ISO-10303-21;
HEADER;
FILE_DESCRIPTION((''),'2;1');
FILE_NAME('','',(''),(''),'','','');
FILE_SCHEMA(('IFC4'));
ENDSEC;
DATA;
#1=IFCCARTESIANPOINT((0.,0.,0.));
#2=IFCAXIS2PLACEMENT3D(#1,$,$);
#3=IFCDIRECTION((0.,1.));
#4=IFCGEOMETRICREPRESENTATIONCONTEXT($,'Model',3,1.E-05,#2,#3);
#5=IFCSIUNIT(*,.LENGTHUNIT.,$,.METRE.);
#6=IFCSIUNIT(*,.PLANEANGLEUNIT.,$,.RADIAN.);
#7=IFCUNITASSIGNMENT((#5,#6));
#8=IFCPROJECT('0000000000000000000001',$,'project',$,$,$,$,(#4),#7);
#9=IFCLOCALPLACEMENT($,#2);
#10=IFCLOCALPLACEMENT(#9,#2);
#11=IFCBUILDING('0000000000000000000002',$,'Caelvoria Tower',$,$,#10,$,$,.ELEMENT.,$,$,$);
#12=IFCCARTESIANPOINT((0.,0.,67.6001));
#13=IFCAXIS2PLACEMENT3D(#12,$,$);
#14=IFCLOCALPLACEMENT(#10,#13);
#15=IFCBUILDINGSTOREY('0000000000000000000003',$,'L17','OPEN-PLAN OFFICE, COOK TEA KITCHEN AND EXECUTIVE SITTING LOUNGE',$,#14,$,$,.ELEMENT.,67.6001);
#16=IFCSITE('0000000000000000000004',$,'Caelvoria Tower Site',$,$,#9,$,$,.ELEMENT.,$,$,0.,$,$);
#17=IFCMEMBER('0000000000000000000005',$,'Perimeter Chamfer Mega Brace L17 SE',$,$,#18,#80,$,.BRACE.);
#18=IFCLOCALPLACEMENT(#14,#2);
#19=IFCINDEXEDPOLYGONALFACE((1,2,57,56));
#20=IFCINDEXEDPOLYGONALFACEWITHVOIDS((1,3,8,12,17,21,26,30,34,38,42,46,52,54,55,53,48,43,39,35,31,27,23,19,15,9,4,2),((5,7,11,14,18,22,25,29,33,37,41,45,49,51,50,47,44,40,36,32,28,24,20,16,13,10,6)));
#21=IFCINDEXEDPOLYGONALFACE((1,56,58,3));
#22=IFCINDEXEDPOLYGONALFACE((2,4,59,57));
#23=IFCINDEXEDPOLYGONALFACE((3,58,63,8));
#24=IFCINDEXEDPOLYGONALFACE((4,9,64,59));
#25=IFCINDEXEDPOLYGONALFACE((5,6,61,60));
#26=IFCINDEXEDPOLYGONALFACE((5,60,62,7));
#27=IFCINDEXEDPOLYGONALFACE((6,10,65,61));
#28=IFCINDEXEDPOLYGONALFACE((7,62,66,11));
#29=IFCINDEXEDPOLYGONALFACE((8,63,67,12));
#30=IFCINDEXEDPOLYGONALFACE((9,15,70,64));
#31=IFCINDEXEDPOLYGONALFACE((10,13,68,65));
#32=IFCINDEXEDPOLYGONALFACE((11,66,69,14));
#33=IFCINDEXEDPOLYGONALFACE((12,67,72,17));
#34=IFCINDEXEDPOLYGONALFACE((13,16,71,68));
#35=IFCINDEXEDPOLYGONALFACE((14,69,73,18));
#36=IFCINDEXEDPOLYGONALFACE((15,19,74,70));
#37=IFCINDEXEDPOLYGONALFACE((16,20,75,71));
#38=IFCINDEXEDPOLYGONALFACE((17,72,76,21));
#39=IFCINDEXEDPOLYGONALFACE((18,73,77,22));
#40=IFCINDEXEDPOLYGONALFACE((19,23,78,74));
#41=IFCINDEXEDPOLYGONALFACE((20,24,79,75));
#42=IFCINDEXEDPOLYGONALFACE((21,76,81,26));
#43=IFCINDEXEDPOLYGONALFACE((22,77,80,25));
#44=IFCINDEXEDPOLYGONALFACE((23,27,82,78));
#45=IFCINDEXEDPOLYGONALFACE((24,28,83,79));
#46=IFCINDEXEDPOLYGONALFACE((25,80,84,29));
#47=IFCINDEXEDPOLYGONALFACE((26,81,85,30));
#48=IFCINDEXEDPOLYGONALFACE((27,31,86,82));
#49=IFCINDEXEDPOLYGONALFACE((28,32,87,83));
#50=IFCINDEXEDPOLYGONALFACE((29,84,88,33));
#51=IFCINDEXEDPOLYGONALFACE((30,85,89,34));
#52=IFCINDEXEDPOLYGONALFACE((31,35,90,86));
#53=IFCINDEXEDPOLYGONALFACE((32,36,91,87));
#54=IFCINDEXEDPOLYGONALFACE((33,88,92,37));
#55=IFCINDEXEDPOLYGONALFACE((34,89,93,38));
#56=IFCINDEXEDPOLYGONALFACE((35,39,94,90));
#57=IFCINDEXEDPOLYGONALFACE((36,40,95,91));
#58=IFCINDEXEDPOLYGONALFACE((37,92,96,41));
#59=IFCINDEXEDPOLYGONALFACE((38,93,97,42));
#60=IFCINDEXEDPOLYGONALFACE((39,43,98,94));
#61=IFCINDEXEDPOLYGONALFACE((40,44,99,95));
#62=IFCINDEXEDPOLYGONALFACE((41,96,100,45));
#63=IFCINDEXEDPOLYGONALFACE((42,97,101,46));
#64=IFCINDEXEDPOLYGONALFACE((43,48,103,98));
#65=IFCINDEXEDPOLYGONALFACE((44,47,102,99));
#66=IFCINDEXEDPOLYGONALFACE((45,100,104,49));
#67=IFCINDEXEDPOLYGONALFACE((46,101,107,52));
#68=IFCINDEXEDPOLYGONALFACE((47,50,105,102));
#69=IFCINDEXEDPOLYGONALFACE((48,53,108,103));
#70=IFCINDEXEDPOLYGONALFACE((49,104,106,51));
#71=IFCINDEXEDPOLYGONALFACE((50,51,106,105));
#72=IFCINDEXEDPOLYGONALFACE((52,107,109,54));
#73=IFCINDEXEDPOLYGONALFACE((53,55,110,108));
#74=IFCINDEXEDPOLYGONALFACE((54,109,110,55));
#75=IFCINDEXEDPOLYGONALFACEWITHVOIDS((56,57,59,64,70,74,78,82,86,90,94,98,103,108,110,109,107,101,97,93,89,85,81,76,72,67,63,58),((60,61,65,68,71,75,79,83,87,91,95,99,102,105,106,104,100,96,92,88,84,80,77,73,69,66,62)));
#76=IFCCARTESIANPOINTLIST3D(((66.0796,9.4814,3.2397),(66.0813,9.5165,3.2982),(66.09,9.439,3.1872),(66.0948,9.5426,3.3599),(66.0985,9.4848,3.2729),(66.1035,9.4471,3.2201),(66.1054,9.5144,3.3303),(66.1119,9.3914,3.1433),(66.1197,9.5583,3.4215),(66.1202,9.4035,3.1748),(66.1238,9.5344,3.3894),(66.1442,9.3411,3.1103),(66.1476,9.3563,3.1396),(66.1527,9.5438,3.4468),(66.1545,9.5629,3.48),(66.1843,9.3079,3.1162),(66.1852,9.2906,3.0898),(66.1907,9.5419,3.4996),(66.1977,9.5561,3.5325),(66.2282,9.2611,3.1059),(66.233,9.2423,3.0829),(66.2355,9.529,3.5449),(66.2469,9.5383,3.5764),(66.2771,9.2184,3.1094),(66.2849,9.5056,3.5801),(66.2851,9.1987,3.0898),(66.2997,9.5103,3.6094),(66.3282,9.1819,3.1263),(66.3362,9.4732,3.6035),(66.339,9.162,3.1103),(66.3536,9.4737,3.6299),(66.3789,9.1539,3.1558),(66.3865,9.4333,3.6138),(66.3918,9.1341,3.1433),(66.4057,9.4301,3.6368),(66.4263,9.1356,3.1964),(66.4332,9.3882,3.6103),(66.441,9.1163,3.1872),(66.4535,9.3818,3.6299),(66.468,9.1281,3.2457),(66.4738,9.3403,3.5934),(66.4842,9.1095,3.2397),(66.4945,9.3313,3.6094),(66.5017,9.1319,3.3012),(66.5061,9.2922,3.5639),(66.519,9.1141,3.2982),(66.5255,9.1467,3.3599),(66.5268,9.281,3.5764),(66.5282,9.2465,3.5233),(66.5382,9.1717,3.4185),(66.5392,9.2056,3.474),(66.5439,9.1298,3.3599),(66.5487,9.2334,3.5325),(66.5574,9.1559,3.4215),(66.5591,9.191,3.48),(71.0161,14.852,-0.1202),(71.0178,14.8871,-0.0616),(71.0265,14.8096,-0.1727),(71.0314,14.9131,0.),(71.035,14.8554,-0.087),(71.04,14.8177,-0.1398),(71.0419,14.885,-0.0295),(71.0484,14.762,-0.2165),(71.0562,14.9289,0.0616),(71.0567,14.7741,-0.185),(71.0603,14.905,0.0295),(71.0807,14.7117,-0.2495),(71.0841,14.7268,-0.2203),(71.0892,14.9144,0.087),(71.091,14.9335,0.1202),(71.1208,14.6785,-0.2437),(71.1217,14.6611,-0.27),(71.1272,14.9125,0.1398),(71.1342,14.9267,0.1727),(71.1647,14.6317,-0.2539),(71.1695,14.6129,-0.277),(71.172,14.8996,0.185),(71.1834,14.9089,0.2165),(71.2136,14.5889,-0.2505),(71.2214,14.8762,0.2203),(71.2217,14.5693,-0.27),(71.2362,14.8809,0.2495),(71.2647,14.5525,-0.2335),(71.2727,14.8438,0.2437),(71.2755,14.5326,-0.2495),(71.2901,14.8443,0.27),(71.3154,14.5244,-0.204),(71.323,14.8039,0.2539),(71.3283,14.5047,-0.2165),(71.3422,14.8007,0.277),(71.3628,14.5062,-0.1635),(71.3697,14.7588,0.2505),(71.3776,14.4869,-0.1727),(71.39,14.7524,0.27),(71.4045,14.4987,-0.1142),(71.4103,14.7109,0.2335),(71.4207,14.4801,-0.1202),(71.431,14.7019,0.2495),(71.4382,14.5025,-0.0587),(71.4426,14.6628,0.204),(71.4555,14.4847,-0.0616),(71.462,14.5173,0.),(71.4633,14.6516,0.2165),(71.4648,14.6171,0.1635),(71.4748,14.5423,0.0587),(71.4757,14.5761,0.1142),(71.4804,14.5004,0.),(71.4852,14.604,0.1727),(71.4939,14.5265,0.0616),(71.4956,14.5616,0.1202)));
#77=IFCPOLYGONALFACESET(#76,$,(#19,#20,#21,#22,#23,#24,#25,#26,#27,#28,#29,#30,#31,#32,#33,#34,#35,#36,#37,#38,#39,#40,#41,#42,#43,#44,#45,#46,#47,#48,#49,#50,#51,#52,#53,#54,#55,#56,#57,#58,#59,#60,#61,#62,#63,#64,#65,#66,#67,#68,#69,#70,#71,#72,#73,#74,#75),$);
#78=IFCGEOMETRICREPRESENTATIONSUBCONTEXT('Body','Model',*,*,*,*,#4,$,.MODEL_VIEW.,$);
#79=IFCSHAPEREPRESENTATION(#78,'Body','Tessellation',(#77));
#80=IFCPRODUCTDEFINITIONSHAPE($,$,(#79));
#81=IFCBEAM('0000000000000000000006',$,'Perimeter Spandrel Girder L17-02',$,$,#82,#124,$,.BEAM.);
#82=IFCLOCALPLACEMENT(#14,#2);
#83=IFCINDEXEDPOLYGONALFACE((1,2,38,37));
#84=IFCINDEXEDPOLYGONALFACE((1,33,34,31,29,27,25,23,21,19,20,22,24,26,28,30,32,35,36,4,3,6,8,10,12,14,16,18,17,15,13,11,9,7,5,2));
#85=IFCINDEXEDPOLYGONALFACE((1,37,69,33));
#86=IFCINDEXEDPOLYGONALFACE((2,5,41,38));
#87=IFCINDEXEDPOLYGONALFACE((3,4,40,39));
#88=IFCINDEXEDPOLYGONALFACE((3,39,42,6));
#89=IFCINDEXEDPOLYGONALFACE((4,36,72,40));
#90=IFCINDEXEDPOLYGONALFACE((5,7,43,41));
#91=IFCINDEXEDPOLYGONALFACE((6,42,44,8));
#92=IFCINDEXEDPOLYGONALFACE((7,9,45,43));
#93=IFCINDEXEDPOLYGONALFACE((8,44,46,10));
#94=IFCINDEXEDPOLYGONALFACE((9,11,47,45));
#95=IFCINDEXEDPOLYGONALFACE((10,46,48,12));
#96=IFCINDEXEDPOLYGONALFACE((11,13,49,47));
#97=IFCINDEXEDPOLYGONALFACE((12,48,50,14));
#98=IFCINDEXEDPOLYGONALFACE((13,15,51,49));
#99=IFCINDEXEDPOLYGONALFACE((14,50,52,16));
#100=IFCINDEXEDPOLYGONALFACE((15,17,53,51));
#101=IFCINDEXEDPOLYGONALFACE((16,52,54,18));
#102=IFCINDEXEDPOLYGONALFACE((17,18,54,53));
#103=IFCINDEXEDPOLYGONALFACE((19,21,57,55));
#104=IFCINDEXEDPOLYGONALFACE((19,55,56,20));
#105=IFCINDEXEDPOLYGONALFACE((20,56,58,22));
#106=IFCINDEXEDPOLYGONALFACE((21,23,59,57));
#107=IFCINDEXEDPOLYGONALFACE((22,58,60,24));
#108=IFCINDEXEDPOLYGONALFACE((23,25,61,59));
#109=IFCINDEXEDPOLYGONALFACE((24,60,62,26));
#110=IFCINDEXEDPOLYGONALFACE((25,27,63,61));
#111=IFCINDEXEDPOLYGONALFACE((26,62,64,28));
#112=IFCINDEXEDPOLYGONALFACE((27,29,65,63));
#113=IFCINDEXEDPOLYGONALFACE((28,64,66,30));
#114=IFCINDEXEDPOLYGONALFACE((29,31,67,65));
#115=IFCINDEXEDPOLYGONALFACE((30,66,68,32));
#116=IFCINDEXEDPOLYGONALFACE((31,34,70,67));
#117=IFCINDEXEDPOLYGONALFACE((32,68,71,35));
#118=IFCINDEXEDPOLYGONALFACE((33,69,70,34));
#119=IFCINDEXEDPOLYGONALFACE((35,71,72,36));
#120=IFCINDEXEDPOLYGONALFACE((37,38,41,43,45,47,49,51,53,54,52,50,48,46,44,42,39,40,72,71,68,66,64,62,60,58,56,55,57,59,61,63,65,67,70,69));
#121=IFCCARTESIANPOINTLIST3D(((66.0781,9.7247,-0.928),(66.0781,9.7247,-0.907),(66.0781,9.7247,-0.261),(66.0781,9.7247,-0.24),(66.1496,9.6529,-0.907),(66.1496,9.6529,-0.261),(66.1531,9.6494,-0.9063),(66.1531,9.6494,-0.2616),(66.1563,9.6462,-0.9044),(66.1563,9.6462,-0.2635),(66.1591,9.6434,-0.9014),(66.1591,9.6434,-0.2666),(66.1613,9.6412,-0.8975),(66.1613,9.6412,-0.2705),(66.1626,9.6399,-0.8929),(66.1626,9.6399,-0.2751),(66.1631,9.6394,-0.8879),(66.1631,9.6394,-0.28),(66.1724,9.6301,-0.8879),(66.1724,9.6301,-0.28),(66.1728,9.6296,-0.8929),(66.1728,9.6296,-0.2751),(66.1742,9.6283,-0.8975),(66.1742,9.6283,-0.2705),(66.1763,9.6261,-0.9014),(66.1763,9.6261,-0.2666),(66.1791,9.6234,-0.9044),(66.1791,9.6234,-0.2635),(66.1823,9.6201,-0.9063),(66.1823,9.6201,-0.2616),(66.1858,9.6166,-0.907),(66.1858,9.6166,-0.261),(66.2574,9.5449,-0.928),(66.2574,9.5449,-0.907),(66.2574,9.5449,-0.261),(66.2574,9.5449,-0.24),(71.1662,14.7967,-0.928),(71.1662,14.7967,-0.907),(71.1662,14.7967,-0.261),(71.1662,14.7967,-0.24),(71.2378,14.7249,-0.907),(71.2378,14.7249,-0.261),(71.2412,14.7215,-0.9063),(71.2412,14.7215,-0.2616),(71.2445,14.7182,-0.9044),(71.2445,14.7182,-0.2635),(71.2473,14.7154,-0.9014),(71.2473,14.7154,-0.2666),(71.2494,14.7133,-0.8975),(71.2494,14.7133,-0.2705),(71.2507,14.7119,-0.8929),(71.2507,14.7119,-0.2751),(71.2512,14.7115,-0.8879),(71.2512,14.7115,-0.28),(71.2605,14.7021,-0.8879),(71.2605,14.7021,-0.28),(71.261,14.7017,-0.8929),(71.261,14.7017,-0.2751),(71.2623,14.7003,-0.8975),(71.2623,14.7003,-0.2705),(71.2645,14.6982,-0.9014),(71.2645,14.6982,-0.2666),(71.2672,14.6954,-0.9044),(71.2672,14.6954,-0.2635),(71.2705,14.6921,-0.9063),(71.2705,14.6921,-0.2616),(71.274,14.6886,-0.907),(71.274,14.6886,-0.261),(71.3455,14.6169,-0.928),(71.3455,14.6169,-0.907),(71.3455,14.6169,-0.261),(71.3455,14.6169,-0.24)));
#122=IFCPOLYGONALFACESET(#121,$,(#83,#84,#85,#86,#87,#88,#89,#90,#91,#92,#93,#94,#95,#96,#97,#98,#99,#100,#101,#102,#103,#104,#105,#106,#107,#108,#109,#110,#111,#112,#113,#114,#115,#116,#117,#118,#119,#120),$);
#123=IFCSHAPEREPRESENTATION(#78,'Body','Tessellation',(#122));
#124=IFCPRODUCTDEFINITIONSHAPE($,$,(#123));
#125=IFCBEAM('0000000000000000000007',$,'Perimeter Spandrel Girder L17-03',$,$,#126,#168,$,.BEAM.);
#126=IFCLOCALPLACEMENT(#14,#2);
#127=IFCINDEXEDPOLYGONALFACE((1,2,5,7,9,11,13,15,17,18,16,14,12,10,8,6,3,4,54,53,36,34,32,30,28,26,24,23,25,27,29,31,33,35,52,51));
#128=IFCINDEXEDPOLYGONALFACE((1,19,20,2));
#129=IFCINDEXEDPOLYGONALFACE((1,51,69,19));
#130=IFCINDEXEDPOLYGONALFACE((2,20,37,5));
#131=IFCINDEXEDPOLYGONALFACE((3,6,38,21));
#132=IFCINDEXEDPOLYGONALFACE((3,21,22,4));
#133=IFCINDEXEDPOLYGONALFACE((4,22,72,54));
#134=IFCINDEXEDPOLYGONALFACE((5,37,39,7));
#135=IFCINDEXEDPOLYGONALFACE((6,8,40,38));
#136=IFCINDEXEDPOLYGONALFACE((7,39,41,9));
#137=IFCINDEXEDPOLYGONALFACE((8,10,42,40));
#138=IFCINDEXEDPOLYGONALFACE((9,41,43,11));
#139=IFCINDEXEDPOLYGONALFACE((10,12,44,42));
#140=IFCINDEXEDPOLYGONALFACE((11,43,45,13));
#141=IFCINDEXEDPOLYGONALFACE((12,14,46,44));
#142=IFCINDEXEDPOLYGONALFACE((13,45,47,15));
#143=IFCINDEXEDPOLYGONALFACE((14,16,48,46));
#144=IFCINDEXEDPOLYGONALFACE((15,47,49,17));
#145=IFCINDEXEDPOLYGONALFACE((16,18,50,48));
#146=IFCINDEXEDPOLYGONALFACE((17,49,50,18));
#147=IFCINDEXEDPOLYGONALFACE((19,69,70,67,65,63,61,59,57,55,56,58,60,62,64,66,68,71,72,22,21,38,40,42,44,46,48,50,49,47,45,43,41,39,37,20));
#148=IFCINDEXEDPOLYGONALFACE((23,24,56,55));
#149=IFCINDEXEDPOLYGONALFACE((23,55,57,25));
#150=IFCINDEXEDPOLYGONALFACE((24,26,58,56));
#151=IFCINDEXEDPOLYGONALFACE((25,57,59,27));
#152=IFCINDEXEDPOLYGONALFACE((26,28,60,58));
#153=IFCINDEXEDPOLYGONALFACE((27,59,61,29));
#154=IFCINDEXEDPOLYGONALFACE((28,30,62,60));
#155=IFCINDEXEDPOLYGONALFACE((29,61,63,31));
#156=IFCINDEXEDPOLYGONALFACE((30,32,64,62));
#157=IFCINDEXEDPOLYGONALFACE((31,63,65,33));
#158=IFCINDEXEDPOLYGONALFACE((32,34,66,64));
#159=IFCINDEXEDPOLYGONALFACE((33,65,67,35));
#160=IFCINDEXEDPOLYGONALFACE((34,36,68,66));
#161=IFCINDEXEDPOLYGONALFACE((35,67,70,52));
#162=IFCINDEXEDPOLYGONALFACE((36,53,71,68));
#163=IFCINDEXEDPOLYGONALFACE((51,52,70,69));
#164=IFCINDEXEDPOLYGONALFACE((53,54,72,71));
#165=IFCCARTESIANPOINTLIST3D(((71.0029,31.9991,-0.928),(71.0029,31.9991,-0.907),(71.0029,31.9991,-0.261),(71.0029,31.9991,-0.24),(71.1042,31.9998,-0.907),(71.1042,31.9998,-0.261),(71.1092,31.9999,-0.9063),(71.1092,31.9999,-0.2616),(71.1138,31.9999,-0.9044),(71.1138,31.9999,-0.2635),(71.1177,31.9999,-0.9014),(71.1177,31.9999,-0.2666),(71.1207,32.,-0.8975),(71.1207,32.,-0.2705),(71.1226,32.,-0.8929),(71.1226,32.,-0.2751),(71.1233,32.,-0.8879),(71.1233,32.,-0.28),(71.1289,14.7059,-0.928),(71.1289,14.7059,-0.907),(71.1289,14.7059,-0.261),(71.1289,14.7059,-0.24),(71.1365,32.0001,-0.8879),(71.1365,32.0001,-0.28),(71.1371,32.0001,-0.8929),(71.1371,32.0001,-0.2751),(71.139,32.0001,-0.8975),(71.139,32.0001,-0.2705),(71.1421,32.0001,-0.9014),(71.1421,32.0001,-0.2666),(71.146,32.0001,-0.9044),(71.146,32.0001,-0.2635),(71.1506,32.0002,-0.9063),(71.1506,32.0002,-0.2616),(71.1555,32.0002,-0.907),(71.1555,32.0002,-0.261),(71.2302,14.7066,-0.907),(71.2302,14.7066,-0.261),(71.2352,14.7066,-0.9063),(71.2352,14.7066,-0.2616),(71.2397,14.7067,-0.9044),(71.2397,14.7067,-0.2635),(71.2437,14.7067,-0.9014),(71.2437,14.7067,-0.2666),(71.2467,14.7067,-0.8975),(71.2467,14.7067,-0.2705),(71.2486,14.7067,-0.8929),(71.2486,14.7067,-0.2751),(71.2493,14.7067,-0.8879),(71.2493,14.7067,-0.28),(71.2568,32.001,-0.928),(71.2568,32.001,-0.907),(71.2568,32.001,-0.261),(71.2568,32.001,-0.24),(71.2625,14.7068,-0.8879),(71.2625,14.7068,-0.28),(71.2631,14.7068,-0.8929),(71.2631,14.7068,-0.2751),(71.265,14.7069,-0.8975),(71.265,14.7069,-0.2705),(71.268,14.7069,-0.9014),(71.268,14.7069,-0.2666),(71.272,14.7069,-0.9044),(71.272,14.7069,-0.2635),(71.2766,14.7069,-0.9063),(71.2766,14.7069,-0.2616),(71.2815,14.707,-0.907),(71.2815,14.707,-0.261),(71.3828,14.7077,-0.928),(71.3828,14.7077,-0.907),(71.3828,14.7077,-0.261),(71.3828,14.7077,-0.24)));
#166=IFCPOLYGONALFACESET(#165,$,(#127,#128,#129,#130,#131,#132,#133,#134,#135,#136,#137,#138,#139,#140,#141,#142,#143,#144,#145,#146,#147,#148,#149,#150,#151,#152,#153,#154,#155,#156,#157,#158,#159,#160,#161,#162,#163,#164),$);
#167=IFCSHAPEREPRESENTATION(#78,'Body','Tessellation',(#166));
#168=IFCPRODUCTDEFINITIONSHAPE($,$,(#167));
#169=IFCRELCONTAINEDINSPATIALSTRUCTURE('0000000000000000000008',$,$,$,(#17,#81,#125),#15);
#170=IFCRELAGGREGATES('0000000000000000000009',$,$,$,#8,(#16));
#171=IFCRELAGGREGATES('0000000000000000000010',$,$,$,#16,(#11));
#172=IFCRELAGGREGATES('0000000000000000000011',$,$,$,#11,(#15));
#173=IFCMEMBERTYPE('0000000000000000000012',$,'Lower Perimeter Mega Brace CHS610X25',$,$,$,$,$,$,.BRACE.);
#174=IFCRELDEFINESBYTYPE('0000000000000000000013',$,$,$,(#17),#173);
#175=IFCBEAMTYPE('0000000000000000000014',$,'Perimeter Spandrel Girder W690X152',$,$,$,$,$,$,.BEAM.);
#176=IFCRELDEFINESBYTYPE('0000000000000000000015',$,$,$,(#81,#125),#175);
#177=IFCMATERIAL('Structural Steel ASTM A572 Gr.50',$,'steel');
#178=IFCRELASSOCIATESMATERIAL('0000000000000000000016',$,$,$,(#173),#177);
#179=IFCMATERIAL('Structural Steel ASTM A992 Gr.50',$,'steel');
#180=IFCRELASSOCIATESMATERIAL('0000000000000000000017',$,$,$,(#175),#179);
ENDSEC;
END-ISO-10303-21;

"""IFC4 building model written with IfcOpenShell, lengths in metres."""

from ifc_helpers import new_model, si_unit, direction, frame, origin, origin_2d, place, context, subcontext, project, spatial, hollow_circle, i_section, extrude, material, material_profile, profile_set, type_object, element, save


model = new_model("IFC4")

# Units and contexts
model_context = context("Model", 3, precision=1e-05, world=origin(), true_north=direction((0.0, 1.0)))
body_context = subcontext(model_context, "Body", "Model", "MODEL_VIEW")
ifc_project = project(units=[si_unit("LENGTHUNIT", "METRE"), si_unit("PLANEANGLEUNIT", "RADIAN")], contexts=[model_context])

# Site, building, storey
site_placement = place(None, origin())
site = spatial("IfcSite", under=ifc_project, at=site_placement, Name="Caelvoria Tower Site", CompositionType="ELEMENT", RefElevation=0.0)
building_placement = place(site_placement, origin())
building = spatial("IfcBuilding", under=site, at=building_placement, Name="Caelvoria Tower", CompositionType="ELEMENT")
storey_placement = place(building_placement, frame((0.0, 0.0, 67.6001)))
storey = spatial("IfcBuildingStorey", under=building, at=storey_placement, Name="L17", Description="OPEN-PLAN OFFICE, COOK TEA KITCHEN AND EXECUTIVE SITTING LOUNGE", CompositionType="ELEMENT", Elevation=67.6001)

# Shared definitions
ifc_material_1 = material(Name="Structural Steel ASTM A572 Gr.50", Category="steel")

# Shared definitions
ifc_material_2 = material(Name="Structural Steel ASTM A992 Gr.50", Category="steel")

# Member
ifc_material_profile_1 = material_profile(ifc_material_1, hollow_circle(Radius=0.3049, WallThickness=0.0249, at=origin_2d()), Name="Structural Steel ASTM A572 Gr.50")
ifc_profile_set_1 = profile_set([ifc_material_profile_1], Name="CHS610X25 - Structural Steel ASTM A572 Gr.50")
member_type = type_object("IfcMemberType", Name="Lower Perimeter Mega Brace CHS610X25", PredefinedType="BRACE", material=ifc_profile_set_1)
member_placement = place(storey_placement, frame((71.2559, 14.7068, 0.0), z_axis=(-0.614663, -0.668712, 0.418348), x_axis=(0.736234, -0.676727, 0.0)))
element("IfcMember", 1, at=member_placement, inside=storey, type_object=member_type, Name="Perimeter Chamfer Mega Brace L17 SE", PredefinedType="BRACE", context=body_context, shape_type="SweptSolid", body=[
    extrude(hollow_circle(Radius=0.3049, WallThickness=0.0249, at=origin_2d()), origin(), (0.0, 0.0, 1.0), 8.0312),
])

# Beams
ifc_material_profile_2 = material_profile(ifc_material_2, i_section(OverallWidth=0.2539, OverallDepth=0.688, WebThickness=0.0132, FlangeThickness=0.021, FilletRadius=0.019, at=origin_2d()), Name="Structural Steel ASTM A992 Gr.50")
ifc_profile_set_2 = profile_set([ifc_material_profile_2], Name="W690X152 - Structural Steel ASTM A992 Gr.50")
beam_type_1 = type_object("IfcBeamType", Name="Perimeter Spandrel Girder W690X152", PredefinedType="BEAM", material=ifc_profile_set_2)
beam_1_placement = place(storey_placement, frame((66.1677, 9.6348, -0.584), z_axis=(0.708227, 0.705984, 0.0), x_axis=(-0.705984, 0.708227, 0.0)))
element("IfcBeam", 2, at=beam_1_placement, inside=storey, type_object=beam_type_1, Name="Perimeter Spandrel Girder L17-02", PredefinedType="BEAM", context=body_context, shape_type="SweptSolid", body=[
    extrude(i_section(OverallWidth=0.2539, OverallDepth=0.688, WebThickness=0.0132, FlangeThickness=0.021, FilletRadius=0.019, at=origin_2d()), origin(), (0.0, 0.0, 1.0), 7.1843),
])
beam_2_placement = place(storey_placement, frame((71.2559, 14.7068, -0.584), z_axis=(-0.007285, 0.999973, 0.0), x_axis=(-0.999973, -0.007285, 0.0)))
element("IfcBeam", 3, at=beam_2_placement, inside=storey, type_object=beam_type_1, Name="Perimeter Spandrel Girder L17-03", PredefinedType="BEAM", context=body_context, shape_type="SweptSolid", body=[
    extrude(i_section(OverallWidth=0.2539, OverallDepth=0.688, WebThickness=0.0132, FlangeThickness=0.021, FilletRadius=0.019, at=origin_2d()), origin(), (0.0, 0.0, 1.0), 17.2937),
])

save(model, "model.ifc")
